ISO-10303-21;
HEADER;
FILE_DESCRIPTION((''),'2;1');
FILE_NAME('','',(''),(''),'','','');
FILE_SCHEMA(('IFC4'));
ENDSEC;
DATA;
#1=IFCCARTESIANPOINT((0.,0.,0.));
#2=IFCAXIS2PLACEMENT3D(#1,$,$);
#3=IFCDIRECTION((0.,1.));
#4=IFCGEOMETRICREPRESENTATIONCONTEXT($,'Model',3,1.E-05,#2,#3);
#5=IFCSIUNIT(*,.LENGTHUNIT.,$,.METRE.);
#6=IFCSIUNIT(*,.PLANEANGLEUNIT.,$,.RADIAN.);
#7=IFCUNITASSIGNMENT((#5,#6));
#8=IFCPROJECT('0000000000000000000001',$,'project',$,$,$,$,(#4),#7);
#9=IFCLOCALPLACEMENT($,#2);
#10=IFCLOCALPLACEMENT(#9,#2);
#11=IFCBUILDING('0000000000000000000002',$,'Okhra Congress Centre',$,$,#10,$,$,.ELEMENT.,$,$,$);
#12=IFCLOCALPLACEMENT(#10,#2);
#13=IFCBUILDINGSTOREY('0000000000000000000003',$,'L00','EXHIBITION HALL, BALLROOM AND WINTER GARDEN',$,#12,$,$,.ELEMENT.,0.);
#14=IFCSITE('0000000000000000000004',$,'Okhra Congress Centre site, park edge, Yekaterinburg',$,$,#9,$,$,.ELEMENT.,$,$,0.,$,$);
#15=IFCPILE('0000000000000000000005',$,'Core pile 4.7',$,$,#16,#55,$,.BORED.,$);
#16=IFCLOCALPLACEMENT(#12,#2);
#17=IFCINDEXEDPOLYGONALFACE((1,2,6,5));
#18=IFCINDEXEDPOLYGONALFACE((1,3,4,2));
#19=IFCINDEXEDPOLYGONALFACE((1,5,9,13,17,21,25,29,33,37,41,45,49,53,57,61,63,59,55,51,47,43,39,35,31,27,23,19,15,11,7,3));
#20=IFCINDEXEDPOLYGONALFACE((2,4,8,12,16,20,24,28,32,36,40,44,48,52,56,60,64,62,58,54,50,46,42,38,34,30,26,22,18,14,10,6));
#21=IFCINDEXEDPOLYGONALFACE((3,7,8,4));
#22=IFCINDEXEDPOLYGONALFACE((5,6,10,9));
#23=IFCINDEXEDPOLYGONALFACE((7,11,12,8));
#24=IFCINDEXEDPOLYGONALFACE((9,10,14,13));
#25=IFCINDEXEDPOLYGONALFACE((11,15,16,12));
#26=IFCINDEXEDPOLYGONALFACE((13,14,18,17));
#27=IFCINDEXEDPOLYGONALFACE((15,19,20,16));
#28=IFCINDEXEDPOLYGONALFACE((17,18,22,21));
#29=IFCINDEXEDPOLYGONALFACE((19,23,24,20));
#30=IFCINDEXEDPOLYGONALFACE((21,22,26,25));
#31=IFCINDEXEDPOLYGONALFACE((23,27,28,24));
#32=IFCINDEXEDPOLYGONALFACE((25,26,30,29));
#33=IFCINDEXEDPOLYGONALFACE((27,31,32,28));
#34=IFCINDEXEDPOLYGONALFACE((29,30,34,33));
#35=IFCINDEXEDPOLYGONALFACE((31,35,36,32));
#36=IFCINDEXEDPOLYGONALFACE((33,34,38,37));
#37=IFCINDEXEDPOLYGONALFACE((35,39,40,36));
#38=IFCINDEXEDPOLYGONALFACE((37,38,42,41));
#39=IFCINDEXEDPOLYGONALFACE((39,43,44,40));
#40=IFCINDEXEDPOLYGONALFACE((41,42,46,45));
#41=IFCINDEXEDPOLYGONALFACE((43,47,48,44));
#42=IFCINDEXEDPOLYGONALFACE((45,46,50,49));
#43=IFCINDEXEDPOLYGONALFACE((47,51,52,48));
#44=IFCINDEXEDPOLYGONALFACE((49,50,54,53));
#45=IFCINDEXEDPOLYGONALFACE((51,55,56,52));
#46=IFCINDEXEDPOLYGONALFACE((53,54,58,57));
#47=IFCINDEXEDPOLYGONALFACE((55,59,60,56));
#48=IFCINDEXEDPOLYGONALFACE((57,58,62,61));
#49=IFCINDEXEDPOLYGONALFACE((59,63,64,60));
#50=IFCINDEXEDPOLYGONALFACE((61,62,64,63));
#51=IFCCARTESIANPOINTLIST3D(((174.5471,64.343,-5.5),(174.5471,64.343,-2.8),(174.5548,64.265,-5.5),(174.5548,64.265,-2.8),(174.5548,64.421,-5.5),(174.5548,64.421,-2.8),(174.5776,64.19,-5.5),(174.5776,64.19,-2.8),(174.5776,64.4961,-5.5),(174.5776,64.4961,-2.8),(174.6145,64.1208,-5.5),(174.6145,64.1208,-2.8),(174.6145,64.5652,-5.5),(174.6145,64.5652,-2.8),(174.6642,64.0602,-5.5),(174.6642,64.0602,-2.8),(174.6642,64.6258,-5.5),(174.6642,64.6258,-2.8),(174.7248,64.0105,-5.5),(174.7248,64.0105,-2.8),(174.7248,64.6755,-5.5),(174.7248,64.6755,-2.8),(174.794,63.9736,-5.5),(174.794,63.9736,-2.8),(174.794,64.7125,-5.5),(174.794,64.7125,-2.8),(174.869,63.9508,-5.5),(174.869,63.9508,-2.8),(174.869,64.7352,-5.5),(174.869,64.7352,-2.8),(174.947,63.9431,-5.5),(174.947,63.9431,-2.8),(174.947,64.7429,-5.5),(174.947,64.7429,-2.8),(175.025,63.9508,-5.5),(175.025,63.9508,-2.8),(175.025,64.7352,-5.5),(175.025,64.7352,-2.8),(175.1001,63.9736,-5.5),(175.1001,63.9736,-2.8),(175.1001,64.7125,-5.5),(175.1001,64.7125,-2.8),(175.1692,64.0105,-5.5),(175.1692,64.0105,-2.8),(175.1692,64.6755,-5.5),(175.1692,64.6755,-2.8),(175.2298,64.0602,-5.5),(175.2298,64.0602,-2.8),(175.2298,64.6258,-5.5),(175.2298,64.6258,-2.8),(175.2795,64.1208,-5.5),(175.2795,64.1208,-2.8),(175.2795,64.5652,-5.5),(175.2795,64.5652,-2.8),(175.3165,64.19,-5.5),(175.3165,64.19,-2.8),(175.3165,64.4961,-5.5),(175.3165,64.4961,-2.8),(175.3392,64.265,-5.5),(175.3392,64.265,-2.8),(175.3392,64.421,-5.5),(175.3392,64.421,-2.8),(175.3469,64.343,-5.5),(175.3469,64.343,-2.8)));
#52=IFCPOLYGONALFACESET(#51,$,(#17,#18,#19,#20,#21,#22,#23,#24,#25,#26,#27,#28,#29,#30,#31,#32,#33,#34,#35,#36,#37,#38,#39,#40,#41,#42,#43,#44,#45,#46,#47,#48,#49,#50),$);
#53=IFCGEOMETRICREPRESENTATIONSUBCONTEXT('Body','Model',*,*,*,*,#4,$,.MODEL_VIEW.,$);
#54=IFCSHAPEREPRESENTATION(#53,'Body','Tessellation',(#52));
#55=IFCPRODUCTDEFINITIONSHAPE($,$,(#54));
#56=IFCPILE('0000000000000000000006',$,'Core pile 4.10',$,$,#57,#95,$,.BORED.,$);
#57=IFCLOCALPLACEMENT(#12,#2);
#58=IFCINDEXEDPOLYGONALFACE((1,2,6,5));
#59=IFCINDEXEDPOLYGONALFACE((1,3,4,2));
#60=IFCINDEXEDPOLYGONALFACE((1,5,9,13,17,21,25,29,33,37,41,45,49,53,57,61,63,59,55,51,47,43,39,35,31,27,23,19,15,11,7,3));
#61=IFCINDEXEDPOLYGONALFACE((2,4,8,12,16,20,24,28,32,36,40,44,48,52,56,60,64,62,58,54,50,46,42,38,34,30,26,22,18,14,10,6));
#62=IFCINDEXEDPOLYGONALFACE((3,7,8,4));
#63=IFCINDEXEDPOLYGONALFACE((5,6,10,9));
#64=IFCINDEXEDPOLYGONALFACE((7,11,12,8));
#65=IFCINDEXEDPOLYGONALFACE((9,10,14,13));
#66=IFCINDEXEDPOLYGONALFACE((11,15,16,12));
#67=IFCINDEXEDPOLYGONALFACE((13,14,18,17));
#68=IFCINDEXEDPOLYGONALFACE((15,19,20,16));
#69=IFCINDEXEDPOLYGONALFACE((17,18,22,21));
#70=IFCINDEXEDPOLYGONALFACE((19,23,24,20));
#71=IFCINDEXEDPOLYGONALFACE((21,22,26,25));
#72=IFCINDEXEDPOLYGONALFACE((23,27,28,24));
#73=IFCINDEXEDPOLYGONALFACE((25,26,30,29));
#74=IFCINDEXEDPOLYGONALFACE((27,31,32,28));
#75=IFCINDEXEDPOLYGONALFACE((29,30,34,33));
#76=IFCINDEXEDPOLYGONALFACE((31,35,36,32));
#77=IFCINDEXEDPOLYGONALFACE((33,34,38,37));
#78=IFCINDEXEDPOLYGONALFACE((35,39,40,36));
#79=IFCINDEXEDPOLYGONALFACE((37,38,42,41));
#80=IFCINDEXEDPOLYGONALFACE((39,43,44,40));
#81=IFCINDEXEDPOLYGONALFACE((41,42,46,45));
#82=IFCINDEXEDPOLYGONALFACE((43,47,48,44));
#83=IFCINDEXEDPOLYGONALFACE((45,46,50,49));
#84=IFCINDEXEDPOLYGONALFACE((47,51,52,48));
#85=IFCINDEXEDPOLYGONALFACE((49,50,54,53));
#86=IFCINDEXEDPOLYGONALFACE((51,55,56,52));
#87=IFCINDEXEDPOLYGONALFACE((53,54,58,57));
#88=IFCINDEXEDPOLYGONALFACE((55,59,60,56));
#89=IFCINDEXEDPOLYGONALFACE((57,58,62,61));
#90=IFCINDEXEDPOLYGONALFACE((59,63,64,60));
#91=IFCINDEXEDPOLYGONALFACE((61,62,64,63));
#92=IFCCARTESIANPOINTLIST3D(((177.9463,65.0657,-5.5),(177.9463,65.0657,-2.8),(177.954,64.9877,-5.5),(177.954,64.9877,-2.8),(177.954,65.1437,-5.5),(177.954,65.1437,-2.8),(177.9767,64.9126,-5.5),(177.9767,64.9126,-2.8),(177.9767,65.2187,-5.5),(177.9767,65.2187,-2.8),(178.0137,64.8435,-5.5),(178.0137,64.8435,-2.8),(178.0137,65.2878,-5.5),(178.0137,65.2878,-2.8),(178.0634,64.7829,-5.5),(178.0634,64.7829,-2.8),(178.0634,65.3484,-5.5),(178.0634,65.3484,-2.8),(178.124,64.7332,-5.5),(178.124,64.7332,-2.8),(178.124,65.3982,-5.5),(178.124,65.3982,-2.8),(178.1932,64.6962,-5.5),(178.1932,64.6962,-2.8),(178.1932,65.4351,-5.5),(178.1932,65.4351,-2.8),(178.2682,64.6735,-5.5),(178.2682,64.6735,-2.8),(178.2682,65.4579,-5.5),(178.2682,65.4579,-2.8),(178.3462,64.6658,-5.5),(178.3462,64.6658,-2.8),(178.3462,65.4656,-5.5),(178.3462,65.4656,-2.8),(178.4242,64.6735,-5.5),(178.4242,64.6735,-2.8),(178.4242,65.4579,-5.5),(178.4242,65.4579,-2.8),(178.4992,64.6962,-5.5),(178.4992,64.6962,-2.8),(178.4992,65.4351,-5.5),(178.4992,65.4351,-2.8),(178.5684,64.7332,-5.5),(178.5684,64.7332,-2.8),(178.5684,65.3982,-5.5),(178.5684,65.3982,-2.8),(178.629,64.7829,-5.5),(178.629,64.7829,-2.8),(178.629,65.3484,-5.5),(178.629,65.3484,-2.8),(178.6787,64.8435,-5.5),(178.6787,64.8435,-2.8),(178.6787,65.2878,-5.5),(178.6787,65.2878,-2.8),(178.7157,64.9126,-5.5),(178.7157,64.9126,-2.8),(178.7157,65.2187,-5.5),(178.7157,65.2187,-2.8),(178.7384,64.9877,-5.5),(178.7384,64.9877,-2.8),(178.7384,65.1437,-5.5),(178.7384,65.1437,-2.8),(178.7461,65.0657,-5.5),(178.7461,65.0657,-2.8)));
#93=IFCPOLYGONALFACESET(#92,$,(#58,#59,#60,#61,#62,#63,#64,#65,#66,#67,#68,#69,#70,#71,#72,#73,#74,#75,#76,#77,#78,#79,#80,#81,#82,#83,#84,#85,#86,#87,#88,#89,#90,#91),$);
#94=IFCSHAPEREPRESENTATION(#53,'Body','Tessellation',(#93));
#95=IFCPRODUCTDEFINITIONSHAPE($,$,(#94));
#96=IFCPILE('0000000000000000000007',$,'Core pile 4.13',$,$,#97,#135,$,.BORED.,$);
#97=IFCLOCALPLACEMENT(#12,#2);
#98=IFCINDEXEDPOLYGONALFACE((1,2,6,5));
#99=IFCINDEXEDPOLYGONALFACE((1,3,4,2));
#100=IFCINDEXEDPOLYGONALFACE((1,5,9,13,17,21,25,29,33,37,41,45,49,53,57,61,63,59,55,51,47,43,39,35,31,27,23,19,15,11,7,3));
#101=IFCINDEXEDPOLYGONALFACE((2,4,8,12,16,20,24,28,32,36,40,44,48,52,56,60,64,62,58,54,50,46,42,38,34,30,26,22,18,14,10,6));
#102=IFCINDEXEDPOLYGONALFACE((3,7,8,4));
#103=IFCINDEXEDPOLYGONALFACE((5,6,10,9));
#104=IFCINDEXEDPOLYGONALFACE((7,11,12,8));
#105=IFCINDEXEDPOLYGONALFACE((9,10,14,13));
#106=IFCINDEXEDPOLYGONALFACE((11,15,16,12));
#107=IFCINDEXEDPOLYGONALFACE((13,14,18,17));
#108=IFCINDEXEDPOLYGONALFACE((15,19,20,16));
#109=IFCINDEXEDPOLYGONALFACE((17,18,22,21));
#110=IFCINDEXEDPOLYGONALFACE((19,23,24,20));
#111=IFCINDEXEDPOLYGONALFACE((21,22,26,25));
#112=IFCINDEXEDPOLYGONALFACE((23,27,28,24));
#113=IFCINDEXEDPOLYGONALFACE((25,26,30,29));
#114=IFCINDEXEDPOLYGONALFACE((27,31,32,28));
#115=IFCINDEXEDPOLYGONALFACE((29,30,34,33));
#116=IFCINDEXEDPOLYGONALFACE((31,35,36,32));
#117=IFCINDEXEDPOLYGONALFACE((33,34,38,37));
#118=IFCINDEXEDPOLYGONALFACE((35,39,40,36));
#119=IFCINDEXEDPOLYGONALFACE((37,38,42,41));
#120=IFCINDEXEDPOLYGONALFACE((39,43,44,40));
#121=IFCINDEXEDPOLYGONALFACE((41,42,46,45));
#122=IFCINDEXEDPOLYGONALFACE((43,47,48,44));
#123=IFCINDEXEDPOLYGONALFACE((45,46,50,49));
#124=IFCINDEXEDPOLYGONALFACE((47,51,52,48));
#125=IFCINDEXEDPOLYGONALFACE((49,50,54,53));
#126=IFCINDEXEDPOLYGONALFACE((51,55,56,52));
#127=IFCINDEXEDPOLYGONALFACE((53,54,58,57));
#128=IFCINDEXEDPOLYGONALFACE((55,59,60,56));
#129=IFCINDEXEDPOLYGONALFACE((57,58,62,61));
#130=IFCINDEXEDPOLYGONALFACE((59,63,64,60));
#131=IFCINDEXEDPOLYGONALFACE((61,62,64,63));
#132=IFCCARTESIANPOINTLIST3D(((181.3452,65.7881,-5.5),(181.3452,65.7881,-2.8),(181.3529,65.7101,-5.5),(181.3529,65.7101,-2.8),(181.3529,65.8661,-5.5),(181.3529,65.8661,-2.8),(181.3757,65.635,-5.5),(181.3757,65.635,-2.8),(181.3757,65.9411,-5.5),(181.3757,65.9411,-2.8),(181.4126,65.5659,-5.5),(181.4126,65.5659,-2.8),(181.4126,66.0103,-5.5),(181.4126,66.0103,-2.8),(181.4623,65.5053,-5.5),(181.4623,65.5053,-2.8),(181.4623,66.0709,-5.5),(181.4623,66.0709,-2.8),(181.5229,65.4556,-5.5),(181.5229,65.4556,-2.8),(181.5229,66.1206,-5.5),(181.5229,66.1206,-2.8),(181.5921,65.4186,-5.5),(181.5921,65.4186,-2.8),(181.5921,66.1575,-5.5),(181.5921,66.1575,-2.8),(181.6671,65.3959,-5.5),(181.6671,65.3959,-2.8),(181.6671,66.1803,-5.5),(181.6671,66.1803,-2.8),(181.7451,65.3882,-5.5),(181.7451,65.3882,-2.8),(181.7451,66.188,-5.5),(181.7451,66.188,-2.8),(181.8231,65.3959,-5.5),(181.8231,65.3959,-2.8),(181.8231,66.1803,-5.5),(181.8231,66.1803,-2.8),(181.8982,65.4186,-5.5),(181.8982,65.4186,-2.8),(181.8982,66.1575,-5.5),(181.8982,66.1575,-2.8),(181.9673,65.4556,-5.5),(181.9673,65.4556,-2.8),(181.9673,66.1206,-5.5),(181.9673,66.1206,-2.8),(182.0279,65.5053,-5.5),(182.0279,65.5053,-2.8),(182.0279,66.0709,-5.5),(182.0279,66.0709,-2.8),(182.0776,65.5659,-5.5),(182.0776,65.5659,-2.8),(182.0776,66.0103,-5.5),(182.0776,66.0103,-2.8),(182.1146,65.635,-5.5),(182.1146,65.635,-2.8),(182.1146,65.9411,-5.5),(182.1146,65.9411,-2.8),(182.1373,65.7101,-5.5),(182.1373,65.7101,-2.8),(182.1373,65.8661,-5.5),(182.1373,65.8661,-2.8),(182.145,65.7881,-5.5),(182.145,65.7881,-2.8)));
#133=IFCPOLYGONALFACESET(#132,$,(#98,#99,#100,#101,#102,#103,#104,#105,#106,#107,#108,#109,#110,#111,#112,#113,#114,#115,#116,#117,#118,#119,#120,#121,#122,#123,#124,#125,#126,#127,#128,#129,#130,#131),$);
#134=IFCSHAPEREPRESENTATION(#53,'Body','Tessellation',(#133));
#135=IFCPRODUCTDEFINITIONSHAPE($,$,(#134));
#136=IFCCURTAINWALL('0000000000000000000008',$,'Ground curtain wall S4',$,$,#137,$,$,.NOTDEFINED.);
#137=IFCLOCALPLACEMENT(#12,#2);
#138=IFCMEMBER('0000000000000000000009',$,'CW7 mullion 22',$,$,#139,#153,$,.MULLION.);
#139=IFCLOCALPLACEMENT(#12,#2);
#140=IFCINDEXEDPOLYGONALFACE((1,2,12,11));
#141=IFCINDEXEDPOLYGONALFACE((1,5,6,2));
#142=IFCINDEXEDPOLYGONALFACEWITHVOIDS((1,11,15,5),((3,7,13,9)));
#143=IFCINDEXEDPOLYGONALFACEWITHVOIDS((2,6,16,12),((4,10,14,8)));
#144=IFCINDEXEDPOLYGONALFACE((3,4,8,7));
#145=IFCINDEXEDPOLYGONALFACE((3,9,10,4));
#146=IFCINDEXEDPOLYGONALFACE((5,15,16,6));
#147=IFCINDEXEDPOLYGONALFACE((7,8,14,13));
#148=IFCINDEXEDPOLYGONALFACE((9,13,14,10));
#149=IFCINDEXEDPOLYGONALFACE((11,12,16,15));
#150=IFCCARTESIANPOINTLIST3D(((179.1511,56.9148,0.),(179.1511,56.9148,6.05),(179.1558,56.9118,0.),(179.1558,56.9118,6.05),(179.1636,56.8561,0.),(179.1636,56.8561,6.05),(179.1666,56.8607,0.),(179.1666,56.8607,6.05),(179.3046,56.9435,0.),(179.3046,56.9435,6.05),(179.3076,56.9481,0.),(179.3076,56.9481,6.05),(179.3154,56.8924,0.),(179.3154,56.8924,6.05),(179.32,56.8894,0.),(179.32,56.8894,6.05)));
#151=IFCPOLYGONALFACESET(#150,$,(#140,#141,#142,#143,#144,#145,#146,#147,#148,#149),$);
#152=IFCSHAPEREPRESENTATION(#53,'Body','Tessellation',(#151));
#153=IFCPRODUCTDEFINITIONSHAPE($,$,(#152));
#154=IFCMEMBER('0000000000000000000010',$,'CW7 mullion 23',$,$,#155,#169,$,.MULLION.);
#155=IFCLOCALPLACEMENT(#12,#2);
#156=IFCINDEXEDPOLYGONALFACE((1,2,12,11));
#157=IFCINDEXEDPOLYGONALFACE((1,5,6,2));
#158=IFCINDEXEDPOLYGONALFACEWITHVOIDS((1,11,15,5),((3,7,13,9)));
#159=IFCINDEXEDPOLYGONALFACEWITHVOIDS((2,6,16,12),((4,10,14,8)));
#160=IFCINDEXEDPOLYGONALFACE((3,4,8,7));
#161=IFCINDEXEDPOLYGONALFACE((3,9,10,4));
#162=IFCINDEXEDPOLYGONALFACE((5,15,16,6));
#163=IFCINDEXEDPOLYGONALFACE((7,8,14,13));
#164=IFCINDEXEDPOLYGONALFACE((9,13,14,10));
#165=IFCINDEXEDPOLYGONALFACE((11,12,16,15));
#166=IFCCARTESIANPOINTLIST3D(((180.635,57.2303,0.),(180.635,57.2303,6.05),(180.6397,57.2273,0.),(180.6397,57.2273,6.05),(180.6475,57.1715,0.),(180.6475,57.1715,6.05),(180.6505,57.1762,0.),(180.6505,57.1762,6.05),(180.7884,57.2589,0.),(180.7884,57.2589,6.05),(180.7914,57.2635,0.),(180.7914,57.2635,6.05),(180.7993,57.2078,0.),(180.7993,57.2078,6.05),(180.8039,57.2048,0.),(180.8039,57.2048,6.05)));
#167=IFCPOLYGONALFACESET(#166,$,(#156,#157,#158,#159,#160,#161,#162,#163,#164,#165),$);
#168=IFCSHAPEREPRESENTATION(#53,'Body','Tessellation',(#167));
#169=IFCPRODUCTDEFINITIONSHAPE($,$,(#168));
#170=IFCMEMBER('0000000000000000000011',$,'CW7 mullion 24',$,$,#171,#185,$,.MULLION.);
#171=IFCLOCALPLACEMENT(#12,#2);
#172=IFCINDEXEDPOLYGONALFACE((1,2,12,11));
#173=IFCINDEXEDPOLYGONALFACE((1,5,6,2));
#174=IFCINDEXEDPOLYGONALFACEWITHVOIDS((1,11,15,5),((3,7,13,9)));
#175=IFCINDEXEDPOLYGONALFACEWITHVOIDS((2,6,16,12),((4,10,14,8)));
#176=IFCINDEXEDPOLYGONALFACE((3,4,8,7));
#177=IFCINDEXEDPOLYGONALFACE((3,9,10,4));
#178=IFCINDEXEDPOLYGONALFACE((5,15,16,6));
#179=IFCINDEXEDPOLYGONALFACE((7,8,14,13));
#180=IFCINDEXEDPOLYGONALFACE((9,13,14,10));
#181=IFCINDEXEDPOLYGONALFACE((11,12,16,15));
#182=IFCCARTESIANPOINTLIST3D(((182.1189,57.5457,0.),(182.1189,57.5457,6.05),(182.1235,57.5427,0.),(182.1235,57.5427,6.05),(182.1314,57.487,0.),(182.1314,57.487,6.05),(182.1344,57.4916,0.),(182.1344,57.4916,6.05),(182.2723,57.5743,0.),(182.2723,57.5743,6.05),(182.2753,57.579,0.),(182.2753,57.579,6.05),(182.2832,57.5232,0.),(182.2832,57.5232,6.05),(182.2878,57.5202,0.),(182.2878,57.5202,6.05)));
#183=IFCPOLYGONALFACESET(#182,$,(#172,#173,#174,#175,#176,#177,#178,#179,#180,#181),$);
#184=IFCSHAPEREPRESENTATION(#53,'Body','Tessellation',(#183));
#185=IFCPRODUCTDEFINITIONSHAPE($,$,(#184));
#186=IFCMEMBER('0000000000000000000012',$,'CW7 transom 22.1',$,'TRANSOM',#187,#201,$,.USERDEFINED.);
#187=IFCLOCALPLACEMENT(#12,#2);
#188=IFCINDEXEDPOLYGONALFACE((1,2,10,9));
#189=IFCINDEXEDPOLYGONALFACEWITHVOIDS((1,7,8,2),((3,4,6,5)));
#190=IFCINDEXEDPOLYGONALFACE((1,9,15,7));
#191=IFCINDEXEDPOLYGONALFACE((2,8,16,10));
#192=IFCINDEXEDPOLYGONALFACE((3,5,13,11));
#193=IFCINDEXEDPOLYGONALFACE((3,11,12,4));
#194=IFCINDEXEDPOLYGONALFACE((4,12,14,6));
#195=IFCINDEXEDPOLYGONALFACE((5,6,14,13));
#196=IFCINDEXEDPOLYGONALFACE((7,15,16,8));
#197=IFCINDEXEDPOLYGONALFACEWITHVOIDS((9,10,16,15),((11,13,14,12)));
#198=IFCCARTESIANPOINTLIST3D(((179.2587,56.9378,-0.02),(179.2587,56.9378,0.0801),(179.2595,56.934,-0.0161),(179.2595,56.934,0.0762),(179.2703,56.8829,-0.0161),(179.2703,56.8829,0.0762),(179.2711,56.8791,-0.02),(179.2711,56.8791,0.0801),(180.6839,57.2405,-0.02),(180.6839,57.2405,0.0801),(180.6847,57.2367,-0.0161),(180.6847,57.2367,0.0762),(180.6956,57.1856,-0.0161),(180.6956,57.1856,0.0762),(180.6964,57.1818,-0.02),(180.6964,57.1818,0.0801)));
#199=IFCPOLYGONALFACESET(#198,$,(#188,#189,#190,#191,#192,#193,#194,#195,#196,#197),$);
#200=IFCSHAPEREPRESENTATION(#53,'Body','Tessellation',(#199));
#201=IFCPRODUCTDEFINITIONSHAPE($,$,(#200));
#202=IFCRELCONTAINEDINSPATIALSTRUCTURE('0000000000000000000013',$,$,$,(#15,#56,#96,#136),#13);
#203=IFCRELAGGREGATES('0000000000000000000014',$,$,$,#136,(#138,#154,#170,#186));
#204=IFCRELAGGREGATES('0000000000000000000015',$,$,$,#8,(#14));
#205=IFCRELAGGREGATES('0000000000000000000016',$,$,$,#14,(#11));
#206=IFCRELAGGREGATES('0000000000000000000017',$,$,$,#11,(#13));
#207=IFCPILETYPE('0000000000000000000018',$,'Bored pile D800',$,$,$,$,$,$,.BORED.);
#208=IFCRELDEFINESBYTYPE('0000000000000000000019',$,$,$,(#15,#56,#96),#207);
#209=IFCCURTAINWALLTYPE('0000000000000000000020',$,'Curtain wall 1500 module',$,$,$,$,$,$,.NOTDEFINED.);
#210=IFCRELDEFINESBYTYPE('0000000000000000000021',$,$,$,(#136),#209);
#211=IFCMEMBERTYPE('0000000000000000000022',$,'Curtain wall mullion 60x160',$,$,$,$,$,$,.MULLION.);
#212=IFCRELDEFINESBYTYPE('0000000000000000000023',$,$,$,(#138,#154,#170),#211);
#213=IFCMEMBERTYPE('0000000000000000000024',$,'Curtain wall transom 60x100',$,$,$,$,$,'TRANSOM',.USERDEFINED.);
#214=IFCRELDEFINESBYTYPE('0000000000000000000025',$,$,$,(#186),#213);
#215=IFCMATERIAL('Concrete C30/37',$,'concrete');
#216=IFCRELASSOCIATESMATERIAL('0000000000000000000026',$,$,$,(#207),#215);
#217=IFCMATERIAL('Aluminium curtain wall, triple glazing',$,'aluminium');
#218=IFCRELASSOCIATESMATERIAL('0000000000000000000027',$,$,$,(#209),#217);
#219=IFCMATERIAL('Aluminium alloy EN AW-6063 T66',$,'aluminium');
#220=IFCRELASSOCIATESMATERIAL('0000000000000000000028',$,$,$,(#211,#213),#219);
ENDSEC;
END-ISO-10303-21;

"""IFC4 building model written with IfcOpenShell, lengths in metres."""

from ifc_helpers import new_model, si_unit, direction, frame, origin, origin_2d, place, context, subcontext, project, spatial, hollow_rectangle, circle, extrude, material, material_profile, profile_set, type_object, element, aggregate, save


model = new_model("IFC4")

# Units and contexts
model_context = context("Model", 3, precision=1e-05, world=origin(), true_north=direction((0.0, 1.0)))
body_context = subcontext(model_context, "Body", "Model", "MODEL_VIEW")
ifc_project = project(units=[si_unit("LENGTHUNIT", "METRE"), si_unit("PLANEANGLEUNIT", "RADIAN")], contexts=[model_context])

# Site, building, storey
site_placement = place(None, origin())
site = spatial("IfcSite", under=ifc_project, at=site_placement, Name="Okhra Congress Centre site, park edge, Yekaterinburg", CompositionType="ELEMENT", RefElevation=0.0)
building_placement = place(site_placement, origin())
building = spatial("IfcBuilding", under=site, at=building_placement, Name="Okhra Congress Centre", CompositionType="ELEMENT")
storey_placement = place(building_placement, origin())
storey = spatial("IfcBuildingStorey", under=building, at=storey_placement, Name="L00", Description="EXHIBITION HALL, BALLROOM AND WINTER GARDEN", CompositionType="ELEMENT", Elevation=0.0)

# Piles
ifc_material_1 = material(Name="Concrete C30/37", Category="concrete")
ifc_material_profile_1 = material_profile(ifc_material_1, circle(Radius=0.3999, at=origin_2d()), Name="D800")
ifc_profile_set_1 = profile_set([ifc_material_profile_1], Name="Concrete C30/37")
pile_type = type_object("IfcPileType", Name="Bored pile D800", PredefinedType="BORED", material=ifc_profile_set_1)
for number, where, z_axis, x_axis, name in (
    (1, (174.947, 64.343, -2.8), (0.0, 0.0, -1.0), (1.0, 0.0, 0.0), "Core pile 4.7"),
    (2, (178.3462, 65.0657, -2.8), (0.0, 0.0, -1.0), (1.0, 0.0, 0.0), "Core pile 4.10"),
    (3, (181.7451, 65.7881, -2.8), (0.0, 0.0, -1.0), (1.0, 0.0, 0.0), "Core pile 4.13"),
):
    element("IfcPile", number, at=place(storey_placement, frame(where, z_axis=z_axis, x_axis=x_axis)), inside=storey, type_object=pile_type, Name=name, PredefinedType="BORED", context=body_context, shape_type="SweptSolid", body=[
        extrude(circle(Radius=0.3999, at=origin_2d()), origin(), (0.0, 0.0, 1.0), 2.7),
    ])

# Curtain wall, members
ifc_material_2 = material(Name="Aluminium curtain wall, triple glazing", Category="aluminium")
curtain_wall_type = type_object("IfcCurtainWallType", Name="Curtain wall 1500 module", PredefinedType="NOTDEFINED", material=ifc_material_2)
curtain_wall_placement = place(storey_placement, origin())
curtain_wall = element("IfcCurtainWall", 4, at=curtain_wall_placement, inside=storey, type_object=curtain_wall_type, Name="Ground curtain wall S4", PredefinedType="NOTDEFINED")
ifc_material_3 = material(Name="Aluminium alloy EN AW-6063 T66", Category="aluminium")
ifc_material_profile_2 = material_profile(ifc_material_3, hollow_rectangle(XDim=0.0601, YDim=0.1599, WallThickness=0.0039, at=origin_2d()), Name="RHS 60x160x4")
ifc_profile_set_2 = profile_set([ifc_material_profile_2], Name="Aluminium alloy EN AW-6063 T66")
member_type_1 = type_object("IfcMemberType", Name="Curtain wall mullion 60x160", PredefinedType="MULLION", material=ifc_profile_set_2)
member_1_placement = place(storey_placement, frame((179.2356, 56.9021, 0.0), z_axis=(0.0, 0.0, 1.0), x_axis=(-0.207912, 0.978148, 0.0)))
member_1 = element("IfcMember", 5, at=member_1_placement, type_object=member_type_1, Name="CW7 mullion 22", PredefinedType="MULLION", context=body_context, shape_type="SweptSolid", body=[
    extrude(hollow_rectangle(XDim=0.0601, YDim=0.1599, WallThickness=0.0039, at=origin_2d()), origin(), (0.0, 0.0, 1.0), 6.05),
])
member_2_placement = place(storey_placement, frame((180.7195, 57.2175, 0.0), z_axis=(0.0, 0.0, 1.0), x_axis=(-0.207912, 0.978148, 0.0)))
member_2 = element("IfcMember", 6, at=member_2_placement, type_object=member_type_1, Name="CW7 mullion 23", PredefinedType="MULLION", context=body_context, shape_type="SweptSolid", body=[
    extrude(hollow_rectangle(XDim=0.0601, YDim=0.1599, WallThickness=0.0039, at=origin_2d()), origin(), (0.0, 0.0, 1.0), 6.05),
])
member_3_placement = place(storey_placement, frame((182.2034, 57.533, 0.0), z_axis=(0.0, 0.0, 1.0), x_axis=(-0.207912, 0.978148, 0.0)))
member_3 = element("IfcMember", 7, at=member_3_placement, type_object=member_type_1, Name="CW7 mullion 24", PredefinedType="MULLION", context=body_context, shape_type="SweptSolid", body=[
    extrude(hollow_rectangle(XDim=0.0601, YDim=0.1599, WallThickness=0.0039, at=origin_2d()), origin(), (0.0, 0.0, 1.0), 6.05),
])
ifc_material_profile_3 = material_profile(ifc_material_3, hollow_rectangle(XDim=0.0601, YDim=0.1001, WallThickness=0.0039, at=origin_2d()), Name="RHS 60x100x4")
ifc_profile_set_3 = profile_set([ifc_material_profile_3], Name="Aluminium alloy EN AW-6063 T66")
member_type_2 = type_object("IfcMemberType", Name="Curtain wall transom 60x100", ElementType="TRANSOM", PredefinedType="USERDEFINED", material=ifc_profile_set_3)
member_4_placement = place(storey_placement, frame((179.2649, 56.9084, 0.03), z_axis=(0.978178, 0.207767, 0.0), x_axis=(-0.207767, 0.978178, 0.0)))
member_4 = element("IfcMember", 8, at=member_4_placement, type_object=member_type_2, Name="CW7 transom 22.1", ObjectType="TRANSOM", PredefinedType="USERDEFINED", context=body_context, shape_type="SweptSolid", body=[
    extrude(hollow_rectangle(XDim=0.0601, YDim=0.1001, WallThickness=0.0039, at=origin_2d()), origin(), (0.0, 0.0, 1.0), 1.457),
])
aggregate(curtain_wall, [member_1, member_2, member_3, member_4])

save(model, "model.ifc")
